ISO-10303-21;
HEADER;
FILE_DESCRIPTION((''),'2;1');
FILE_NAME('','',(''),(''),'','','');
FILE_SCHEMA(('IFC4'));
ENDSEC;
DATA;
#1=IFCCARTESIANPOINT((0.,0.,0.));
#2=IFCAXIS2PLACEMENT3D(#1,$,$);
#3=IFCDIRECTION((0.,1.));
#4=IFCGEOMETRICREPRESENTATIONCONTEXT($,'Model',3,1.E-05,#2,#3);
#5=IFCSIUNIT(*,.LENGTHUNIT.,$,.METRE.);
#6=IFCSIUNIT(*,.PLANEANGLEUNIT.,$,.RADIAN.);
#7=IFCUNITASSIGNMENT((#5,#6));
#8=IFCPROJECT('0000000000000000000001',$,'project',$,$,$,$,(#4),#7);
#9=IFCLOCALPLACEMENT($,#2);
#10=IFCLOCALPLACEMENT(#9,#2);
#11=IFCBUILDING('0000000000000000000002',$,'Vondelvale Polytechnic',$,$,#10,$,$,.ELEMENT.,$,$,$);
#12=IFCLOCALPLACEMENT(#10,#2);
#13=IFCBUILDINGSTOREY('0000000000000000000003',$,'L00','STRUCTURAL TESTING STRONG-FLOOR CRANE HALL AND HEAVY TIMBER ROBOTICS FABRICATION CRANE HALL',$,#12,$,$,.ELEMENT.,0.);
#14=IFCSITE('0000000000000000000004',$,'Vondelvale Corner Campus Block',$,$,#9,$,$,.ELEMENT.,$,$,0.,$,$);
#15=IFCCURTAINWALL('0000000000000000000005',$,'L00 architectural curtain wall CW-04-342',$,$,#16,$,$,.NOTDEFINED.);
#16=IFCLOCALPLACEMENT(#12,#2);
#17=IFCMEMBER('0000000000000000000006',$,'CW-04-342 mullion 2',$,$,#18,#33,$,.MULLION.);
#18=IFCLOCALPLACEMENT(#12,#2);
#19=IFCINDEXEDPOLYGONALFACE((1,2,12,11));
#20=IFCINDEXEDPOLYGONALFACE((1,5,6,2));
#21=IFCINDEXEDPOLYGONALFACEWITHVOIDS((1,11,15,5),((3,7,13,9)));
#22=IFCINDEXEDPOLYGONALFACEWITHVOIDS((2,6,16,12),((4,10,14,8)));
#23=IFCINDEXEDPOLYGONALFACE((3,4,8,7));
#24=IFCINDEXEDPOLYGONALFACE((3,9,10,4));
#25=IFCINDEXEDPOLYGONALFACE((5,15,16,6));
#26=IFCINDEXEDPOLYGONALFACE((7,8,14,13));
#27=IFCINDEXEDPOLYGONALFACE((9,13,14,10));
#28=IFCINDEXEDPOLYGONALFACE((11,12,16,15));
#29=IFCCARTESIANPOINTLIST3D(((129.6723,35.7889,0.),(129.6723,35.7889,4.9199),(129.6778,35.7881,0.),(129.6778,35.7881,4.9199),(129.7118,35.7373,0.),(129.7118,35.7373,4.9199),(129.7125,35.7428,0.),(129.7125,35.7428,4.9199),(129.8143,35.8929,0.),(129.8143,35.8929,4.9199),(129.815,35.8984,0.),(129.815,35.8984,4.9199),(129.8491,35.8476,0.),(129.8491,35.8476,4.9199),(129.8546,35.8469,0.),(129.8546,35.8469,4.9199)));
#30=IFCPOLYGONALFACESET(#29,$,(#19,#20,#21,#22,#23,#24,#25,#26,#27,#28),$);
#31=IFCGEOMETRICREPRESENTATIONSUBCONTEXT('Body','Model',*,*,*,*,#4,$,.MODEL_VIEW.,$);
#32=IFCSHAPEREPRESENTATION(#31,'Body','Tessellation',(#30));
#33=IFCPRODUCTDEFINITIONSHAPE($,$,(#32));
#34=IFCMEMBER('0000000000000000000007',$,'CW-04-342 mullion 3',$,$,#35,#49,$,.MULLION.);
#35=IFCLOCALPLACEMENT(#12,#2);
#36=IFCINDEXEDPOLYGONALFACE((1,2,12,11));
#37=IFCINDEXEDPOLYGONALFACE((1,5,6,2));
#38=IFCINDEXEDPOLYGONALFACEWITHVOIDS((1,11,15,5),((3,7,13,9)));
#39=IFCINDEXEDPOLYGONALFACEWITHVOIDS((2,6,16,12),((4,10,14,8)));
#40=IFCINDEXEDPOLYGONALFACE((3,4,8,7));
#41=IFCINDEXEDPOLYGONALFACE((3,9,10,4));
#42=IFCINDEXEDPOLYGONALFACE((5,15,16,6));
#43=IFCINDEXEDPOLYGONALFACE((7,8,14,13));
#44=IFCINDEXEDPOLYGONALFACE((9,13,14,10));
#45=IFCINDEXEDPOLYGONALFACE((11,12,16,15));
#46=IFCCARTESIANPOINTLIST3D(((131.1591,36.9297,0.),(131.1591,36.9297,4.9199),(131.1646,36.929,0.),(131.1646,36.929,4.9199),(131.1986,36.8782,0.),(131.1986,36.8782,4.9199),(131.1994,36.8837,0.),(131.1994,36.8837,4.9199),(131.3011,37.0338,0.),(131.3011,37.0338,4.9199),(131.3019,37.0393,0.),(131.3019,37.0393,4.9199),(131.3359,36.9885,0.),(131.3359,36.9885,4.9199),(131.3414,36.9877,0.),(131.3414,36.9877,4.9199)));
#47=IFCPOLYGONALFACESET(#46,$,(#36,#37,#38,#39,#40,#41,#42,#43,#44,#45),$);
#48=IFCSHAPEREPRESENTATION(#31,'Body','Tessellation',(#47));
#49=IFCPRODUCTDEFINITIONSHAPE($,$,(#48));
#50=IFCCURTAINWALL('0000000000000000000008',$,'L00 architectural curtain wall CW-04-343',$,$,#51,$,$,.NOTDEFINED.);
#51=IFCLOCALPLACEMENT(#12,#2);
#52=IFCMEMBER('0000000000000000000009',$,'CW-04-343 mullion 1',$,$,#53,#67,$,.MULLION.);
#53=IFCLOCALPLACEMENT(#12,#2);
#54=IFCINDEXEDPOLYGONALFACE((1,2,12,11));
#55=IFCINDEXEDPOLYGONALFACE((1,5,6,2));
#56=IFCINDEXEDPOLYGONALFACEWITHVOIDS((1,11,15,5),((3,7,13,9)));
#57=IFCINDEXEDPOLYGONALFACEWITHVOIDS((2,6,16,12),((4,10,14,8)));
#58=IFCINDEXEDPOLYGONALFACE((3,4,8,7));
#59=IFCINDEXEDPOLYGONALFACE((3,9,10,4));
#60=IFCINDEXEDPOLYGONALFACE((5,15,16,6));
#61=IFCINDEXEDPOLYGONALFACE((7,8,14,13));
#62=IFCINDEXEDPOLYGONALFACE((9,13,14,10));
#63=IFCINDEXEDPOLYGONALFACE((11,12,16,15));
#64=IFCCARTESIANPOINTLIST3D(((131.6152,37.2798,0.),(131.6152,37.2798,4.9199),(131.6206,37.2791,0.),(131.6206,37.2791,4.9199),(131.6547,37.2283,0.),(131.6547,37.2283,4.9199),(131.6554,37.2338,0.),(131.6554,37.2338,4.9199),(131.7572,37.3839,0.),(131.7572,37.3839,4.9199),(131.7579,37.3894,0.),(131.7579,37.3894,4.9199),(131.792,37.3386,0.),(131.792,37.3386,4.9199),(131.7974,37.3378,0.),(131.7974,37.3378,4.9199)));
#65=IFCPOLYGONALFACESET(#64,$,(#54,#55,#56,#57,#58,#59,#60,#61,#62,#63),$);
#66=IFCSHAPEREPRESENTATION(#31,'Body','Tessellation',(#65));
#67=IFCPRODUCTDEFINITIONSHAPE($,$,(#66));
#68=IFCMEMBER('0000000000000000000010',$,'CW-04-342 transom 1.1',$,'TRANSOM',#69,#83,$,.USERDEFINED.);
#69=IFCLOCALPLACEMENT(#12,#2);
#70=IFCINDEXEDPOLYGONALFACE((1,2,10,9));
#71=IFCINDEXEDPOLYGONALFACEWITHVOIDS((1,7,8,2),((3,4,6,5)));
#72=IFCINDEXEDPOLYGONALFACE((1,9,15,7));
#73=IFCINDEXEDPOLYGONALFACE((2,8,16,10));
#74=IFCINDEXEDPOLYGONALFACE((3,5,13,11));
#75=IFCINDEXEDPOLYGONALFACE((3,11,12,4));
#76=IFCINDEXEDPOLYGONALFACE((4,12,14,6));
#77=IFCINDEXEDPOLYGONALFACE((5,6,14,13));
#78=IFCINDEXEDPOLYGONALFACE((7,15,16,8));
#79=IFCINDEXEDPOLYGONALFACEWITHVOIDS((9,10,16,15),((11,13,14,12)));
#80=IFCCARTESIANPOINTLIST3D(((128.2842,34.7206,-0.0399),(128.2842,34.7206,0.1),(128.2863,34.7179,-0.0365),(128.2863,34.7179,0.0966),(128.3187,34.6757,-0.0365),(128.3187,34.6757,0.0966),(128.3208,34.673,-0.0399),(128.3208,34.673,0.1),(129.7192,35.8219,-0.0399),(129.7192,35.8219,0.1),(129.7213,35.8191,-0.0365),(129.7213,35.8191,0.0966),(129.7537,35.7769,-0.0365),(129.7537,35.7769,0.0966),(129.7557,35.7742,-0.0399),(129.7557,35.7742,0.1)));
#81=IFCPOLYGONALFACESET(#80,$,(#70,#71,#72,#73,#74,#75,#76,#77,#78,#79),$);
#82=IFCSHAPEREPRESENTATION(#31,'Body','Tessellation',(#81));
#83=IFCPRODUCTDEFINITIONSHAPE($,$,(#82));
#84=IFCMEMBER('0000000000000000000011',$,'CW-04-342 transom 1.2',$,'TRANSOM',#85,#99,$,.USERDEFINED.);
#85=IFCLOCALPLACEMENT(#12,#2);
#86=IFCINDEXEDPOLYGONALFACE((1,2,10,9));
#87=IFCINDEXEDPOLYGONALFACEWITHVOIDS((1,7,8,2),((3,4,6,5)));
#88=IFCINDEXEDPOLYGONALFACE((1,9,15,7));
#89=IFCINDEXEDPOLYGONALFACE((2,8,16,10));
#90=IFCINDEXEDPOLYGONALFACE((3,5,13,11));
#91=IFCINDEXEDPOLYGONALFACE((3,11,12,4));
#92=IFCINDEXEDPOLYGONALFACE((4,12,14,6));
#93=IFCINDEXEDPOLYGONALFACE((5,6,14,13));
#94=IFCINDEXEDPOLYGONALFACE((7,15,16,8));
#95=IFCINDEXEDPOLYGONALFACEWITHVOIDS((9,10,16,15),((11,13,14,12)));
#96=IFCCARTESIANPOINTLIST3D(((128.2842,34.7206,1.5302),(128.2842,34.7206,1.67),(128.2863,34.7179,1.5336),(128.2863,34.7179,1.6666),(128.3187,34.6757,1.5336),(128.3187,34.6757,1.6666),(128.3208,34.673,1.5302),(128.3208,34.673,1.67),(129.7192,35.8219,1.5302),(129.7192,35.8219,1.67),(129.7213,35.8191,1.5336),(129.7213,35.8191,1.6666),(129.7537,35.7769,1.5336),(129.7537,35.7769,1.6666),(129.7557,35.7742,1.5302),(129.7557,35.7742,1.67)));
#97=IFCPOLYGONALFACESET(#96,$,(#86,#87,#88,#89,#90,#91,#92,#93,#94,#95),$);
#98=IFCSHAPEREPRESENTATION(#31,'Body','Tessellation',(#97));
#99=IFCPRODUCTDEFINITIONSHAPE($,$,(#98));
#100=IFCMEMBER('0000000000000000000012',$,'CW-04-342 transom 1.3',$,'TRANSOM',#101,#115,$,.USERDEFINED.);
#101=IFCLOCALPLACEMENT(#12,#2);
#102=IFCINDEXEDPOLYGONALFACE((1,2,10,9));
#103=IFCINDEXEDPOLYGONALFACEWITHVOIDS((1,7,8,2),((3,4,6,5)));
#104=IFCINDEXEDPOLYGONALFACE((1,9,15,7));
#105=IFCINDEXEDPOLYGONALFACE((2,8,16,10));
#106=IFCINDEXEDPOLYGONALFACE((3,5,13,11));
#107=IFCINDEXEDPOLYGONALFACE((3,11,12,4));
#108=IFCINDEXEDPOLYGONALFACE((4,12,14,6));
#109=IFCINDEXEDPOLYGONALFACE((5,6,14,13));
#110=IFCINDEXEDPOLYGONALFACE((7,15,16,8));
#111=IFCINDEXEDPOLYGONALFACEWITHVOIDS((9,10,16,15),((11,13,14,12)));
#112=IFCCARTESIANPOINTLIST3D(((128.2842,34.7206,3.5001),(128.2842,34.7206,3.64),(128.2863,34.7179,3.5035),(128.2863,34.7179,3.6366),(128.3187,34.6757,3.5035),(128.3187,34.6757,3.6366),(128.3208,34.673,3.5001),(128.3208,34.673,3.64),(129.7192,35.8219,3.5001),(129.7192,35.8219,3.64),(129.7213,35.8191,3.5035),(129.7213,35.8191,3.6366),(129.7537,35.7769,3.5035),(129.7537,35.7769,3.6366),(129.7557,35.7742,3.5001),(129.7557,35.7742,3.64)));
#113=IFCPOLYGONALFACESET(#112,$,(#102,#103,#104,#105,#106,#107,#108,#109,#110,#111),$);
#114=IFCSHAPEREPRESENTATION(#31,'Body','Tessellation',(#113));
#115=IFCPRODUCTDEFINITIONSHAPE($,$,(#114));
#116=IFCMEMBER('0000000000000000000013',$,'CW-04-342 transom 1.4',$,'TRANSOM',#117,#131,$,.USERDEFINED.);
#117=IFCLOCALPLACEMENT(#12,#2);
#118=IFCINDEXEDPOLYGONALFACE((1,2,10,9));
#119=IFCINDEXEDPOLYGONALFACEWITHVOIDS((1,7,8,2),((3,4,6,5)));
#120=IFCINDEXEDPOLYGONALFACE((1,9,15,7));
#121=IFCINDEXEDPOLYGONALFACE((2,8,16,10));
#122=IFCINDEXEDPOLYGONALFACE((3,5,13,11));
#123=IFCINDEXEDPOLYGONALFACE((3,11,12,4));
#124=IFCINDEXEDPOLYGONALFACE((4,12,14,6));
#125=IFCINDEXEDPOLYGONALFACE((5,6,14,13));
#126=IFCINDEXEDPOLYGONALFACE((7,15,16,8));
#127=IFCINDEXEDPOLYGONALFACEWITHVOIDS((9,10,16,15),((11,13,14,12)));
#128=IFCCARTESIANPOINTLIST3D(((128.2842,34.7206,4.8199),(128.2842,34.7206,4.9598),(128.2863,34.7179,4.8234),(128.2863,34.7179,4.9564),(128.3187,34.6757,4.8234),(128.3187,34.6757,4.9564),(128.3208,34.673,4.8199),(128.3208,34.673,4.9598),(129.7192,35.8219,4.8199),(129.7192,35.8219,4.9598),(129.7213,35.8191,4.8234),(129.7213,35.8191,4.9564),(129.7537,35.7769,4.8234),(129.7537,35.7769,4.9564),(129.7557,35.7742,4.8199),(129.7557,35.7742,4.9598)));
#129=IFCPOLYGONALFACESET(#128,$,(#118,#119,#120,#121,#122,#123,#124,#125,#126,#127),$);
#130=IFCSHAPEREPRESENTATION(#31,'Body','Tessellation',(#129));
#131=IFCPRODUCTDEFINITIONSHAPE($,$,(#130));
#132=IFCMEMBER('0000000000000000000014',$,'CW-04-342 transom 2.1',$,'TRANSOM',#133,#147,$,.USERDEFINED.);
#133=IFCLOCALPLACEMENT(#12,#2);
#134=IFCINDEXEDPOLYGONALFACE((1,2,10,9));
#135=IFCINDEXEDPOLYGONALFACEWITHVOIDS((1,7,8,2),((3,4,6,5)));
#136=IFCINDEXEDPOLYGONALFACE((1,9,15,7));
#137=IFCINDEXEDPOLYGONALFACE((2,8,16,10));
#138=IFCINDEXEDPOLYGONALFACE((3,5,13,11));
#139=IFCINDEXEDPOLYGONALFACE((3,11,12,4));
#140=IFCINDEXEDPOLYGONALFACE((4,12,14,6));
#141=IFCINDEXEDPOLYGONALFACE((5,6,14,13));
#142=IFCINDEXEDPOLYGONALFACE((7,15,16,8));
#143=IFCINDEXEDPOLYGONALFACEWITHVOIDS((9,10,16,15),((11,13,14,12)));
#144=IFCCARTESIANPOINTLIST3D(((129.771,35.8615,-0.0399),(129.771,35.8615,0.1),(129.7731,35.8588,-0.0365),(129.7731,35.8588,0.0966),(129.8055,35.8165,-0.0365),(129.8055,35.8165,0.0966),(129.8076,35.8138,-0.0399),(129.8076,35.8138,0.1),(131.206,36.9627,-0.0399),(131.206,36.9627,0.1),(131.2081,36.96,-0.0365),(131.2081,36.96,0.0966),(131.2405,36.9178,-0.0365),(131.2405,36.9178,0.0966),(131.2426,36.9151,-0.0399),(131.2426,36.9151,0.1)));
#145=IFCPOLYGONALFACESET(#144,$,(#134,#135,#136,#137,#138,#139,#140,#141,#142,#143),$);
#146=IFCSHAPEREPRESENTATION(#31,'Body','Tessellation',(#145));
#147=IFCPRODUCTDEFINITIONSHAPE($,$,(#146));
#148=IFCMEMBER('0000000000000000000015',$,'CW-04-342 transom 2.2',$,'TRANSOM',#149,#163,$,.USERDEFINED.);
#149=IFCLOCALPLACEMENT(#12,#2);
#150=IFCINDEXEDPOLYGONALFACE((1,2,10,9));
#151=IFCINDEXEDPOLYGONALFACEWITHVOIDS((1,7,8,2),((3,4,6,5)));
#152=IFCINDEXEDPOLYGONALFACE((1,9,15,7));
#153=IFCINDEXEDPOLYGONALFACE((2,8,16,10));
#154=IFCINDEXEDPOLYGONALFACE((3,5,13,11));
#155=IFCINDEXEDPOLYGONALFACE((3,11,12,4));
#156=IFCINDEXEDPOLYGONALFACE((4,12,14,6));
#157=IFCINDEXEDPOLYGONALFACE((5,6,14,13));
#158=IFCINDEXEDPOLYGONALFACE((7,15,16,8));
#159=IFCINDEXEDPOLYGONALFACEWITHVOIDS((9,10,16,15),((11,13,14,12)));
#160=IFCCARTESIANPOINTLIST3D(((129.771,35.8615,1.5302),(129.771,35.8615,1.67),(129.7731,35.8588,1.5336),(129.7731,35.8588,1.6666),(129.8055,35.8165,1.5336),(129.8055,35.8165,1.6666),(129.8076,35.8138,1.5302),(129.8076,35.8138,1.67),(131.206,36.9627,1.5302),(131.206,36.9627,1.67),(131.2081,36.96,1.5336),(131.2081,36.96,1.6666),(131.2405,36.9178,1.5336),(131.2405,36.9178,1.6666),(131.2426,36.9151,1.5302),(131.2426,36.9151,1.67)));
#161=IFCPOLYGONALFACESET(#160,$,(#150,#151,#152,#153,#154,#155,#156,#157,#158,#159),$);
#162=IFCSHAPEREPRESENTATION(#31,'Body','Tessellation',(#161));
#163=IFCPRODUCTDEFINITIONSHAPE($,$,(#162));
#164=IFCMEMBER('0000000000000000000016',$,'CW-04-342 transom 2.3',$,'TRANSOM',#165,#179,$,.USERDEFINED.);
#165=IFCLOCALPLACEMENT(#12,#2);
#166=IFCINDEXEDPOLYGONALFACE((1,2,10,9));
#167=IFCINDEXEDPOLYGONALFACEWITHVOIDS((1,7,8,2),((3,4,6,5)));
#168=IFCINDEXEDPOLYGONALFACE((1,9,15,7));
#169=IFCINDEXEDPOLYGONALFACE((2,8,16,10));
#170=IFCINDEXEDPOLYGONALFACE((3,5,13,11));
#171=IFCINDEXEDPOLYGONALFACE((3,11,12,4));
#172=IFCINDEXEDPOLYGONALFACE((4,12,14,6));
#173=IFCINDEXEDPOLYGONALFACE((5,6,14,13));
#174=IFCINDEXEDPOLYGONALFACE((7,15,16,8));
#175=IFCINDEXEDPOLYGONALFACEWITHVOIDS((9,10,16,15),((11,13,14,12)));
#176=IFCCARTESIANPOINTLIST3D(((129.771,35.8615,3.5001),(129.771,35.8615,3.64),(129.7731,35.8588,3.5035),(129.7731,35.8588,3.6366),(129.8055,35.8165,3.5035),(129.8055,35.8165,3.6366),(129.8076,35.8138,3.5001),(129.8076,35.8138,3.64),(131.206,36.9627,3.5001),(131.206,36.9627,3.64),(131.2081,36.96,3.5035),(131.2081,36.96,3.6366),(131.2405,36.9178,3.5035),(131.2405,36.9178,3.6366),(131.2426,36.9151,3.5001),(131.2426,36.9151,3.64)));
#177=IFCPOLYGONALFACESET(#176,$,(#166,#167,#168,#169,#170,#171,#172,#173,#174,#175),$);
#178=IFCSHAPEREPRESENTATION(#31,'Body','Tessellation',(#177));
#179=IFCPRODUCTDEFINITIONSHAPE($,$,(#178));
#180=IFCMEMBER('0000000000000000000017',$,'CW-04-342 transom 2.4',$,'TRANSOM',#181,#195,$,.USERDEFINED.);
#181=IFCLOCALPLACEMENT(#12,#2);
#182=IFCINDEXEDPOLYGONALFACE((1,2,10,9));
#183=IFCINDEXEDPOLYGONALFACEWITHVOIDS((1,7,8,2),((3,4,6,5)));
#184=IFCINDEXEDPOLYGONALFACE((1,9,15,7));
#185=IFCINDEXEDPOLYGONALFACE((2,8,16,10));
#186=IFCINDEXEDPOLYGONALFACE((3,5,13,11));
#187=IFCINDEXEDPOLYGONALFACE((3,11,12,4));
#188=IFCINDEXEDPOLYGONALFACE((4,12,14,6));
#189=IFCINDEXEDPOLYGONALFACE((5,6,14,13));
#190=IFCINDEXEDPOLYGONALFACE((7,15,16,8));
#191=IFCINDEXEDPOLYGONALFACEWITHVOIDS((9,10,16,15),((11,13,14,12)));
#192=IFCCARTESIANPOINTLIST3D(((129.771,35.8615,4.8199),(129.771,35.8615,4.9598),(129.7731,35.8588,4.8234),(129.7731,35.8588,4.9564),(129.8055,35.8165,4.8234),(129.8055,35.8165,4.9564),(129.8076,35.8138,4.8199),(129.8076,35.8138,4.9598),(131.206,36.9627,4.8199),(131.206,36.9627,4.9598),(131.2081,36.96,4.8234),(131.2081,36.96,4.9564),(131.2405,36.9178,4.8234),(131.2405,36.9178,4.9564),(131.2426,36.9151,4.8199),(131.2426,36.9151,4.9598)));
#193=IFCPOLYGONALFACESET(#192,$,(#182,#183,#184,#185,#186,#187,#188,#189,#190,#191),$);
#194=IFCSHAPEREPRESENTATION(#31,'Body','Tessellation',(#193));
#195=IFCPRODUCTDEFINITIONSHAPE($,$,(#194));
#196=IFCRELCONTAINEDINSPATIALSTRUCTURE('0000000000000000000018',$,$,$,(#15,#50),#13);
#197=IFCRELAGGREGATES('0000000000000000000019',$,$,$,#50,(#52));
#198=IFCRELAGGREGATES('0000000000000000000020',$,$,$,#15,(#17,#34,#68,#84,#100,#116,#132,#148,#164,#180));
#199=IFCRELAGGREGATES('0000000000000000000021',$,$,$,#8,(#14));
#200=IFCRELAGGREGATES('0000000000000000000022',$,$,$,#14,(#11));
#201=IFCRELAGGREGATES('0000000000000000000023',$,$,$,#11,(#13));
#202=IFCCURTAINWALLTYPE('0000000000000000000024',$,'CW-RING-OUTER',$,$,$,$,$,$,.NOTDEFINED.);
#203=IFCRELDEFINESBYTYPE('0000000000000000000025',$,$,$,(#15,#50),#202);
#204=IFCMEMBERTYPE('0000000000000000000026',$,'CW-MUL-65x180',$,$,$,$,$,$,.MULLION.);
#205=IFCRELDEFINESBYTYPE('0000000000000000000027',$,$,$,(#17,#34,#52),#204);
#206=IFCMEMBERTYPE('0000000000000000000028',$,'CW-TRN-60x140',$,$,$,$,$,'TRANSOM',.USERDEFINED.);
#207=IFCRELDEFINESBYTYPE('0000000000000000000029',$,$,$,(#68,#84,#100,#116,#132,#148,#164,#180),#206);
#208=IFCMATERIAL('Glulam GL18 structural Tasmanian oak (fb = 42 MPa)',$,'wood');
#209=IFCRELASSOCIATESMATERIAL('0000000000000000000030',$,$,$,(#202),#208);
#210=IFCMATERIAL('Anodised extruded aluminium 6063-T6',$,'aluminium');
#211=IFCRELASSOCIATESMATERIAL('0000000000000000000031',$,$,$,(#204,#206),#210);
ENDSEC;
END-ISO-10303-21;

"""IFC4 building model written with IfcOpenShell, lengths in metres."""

from ifc_helpers import new_model, si_unit, direction, frame, origin, origin_2d, place, context, subcontext, project, spatial, hollow_rectangle, extrude, material, material_profile, profile_set, type_object, element, aggregate, save


model = new_model("IFC4")

# Units and contexts
model_context = context("Model", 3, precision=1e-05, world=origin(), true_north=direction((0.0, 1.0)))
body_context = subcontext(model_context, "Body", "Model", "MODEL_VIEW")
ifc_project = project(units=[si_unit("LENGTHUNIT", "METRE"), si_unit("PLANEANGLEUNIT", "RADIAN")], contexts=[model_context])

# Site, building, storey
site_placement = place(None, origin())
site = spatial("IfcSite", under=ifc_project, at=site_placement, Name="Vondelvale Corner Campus Block", CompositionType="ELEMENT", RefElevation=0.0)
building_placement = place(site_placement, origin())
building = spatial("IfcBuilding", under=site, at=building_placement, Name="Vondelvale Polytechnic", CompositionType="ELEMENT")
storey_placement = place(building_placement, origin())
storey = spatial("IfcBuildingStorey", under=building, at=storey_placement, Name="L00", Description="STRUCTURAL TESTING STRONG-FLOOR CRANE HALL AND HEAVY TIMBER ROBOTICS FABRICATION CRANE HALL", CompositionType="ELEMENT", Elevation=0.0)

# Shared definitions
ifc_material_1 = material(Name="Glulam GL18 structural Tasmanian oak (fb = 42 MPa)", Category="wood")

# Shared definitions
curtain_wall_type = type_object("IfcCurtainWallType", Name="CW-RING-OUTER", PredefinedType="NOTDEFINED", material=ifc_material_1)
ifc_material_2 = material(Name="Anodised extruded aluminium 6063-T6", Category="aluminium")
ifc_material_profile_1 = material_profile(ifc_material_2, hollow_rectangle(XDim=0.0649, YDim=0.1799, WallThickness=0.0039, at=origin_2d()), Name="CW-MUL-180x65")
ifc_profile_set_1 = profile_set([ifc_material_profile_1], Name="Anodised extruded aluminium 6063-T6")
member_type_1 = type_object("IfcMemberType", Name="CW-MUL-65x180", PredefinedType="MULLION", material=ifc_profile_set_1)

# Curtain wall, members
curtain_wall_1_placement = place(storey_placement, origin())
curtain_wall_1 = element("IfcCurtainWall", 1, at=curtain_wall_1_placement, inside=storey, type_object=curtain_wall_type, Name="L00 architectural curtain wall CW-04-342", PredefinedType="NOTDEFINED")
member_1_placement = place(storey_placement, frame((129.7634, 35.8179, 0.0), z_axis=(0.0, 0.0, 1.0), x_axis=(-0.608771, 0.793346, 0.0)))
member_1 = element("IfcMember", 2, at=member_1_placement, type_object=member_type_1, Name="CW-04-342 mullion 2", PredefinedType="MULLION", context=body_context, shape_type="SweptSolid", body=[
    extrude(hollow_rectangle(XDim=0.0649, YDim=0.1799, WallThickness=0.0039, at=origin_2d()), origin(), (0.0, 0.0, 1.0), 4.9199),
])
member_2_placement = place(storey_placement, frame((131.2502, 36.9587, 0.0), z_axis=(0.0, 0.0, 1.0), x_axis=(-0.608771, 0.793346, 0.0)))
member_2 = element("IfcMember", 3, at=member_2_placement, type_object=member_type_1, Name="CW-04-342 mullion 3", PredefinedType="MULLION", context=body_context, shape_type="SweptSolid", body=[
    extrude(hollow_rectangle(XDim=0.0649, YDim=0.1799, WallThickness=0.0039, at=origin_2d()), origin(), (0.0, 0.0, 1.0), 4.9199),
])

# Curtain wall, member
curtain_wall_2_placement = place(storey_placement, origin())
curtain_wall_2 = element("IfcCurtainWall", 4, at=curtain_wall_2_placement, inside=storey, type_object=curtain_wall_type, Name="L00 architectural curtain wall CW-04-343", PredefinedType="NOTDEFINED")
member_3_placement = place(storey_placement, frame((131.7063, 37.3088, 0.0), z_axis=(0.0, 0.0, 1.0), x_axis=(-0.608764, 0.793352, 0.0)))
member_3 = element("IfcMember", 5, at=member_3_placement, type_object=member_type_1, Name="CW-04-343 mullion 1", PredefinedType="MULLION", context=body_context, shape_type="SweptSolid", body=[
    extrude(hollow_rectangle(XDim=0.0649, YDim=0.1799, WallThickness=0.0039, at=origin_2d()), origin(), (0.0, 0.0, 1.0), 4.9199),
])
aggregate(curtain_wall_2, [member_3])

# Members
ifc_material_profile_2 = material_profile(ifc_material_2, hollow_rectangle(XDim=0.0601, YDim=0.1399, WallThickness=0.0034, at=origin_2d()), Name="CW-TRN-140x60")
ifc_profile_set_2 = profile_set([ifc_material_profile_2], Name="Anodised extruded aluminium 6063-T6")
member_type_2 = type_object("IfcMemberType", Name="CW-TRN-60x140", ElementType="TRANSOM", PredefinedType="USERDEFINED", material=ifc_profile_set_2)
member_4_placement = place(storey_placement, frame((128.3025, 34.6968, 0.03), z_axis=(0.793311, 0.608817, 0.0), x_axis=(-0.608817, 0.793311, 0.0)))
member_4 = element("IfcMember", 6, at=member_4_placement, type_object=member_type_2, Name="CW-04-342 transom 1.1", ObjectType="TRANSOM", PredefinedType="USERDEFINED", context=body_context, shape_type="SweptSolid", body=[
    extrude(hollow_rectangle(XDim=0.0601, YDim=0.1399, WallThickness=0.0034, at=origin_2d()), origin(), (0.0, 0.0, 1.0), 1.8088),
])
member_5_placement = place(storey_placement, frame((128.3025, 34.6968, 1.6001), z_axis=(0.793311, 0.608817, 0.0), x_axis=(-0.608817, 0.793311, 0.0)))
member_5 = element("IfcMember", 7, at=member_5_placement, type_object=member_type_2, Name="CW-04-342 transom 1.2", ObjectType="TRANSOM", PredefinedType="USERDEFINED", context=body_context, shape_type="SweptSolid", body=[
    extrude(hollow_rectangle(XDim=0.0601, YDim=0.1399, WallThickness=0.0034, at=origin_2d()), origin(), (0.0, 0.0, 1.0), 1.8088),
])
member_6_placement = place(storey_placement, frame((128.3025, 34.6968, 3.5701), z_axis=(0.793311, 0.608817, 0.0), x_axis=(-0.608817, 0.793311, 0.0)))
member_6 = element("IfcMember", 8, at=member_6_placement, type_object=member_type_2, Name="CW-04-342 transom 1.3", ObjectType="TRANSOM", PredefinedType="USERDEFINED", context=body_context, shape_type="SweptSolid", body=[
    extrude(hollow_rectangle(XDim=0.0601, YDim=0.1399, WallThickness=0.0034, at=origin_2d()), origin(), (0.0, 0.0, 1.0), 1.8088),
])
member_7_placement = place(storey_placement, frame((128.3025, 34.6968, 4.8899), z_axis=(0.793311, 0.608817, 0.0), x_axis=(-0.608817, 0.793311, 0.0)))
member_7 = element("IfcMember", 9, at=member_7_placement, type_object=member_type_2, Name="CW-04-342 transom 1.4", ObjectType="TRANSOM", PredefinedType="USERDEFINED", context=body_context, shape_type="SweptSolid", body=[
    extrude(hollow_rectangle(XDim=0.0601, YDim=0.1399, WallThickness=0.0034, at=origin_2d()), origin(), (0.0, 0.0, 1.0), 1.8088),
])
member_8_placement = place(storey_placement, frame((129.7893, 35.8376, 0.03), z_axis=(0.793311, 0.608817, 0.0), x_axis=(-0.608817, 0.793311, 0.0)))
member_8 = element("IfcMember", 10, at=member_8_placement, type_object=member_type_2, Name="CW-04-342 transom 2.1", ObjectType="TRANSOM", PredefinedType="USERDEFINED", context=body_context, shape_type="SweptSolid", body=[
    extrude(hollow_rectangle(XDim=0.0601, YDim=0.1399, WallThickness=0.0034, at=origin_2d()), origin(), (0.0, 0.0, 1.0), 1.8088),
])
member_9_placement = place(storey_placement, frame((129.7893, 35.8376, 1.6001), z_axis=(0.793311, 0.608817, 0.0), x_axis=(-0.608817, 0.793311, 0.0)))
member_9 = element("IfcMember", 11, at=member_9_placement, type_object=member_type_2, Name="CW-04-342 transom 2.2", ObjectType="TRANSOM", PredefinedType="USERDEFINED", context=body_context, shape_type="SweptSolid", body=[
    extrude(hollow_rectangle(XDim=0.0601, YDim=0.1399, WallThickness=0.0034, at=origin_2d()), origin(), (0.0, 0.0, 1.0), 1.8088),
])
member_10_placement = place(storey_placement, frame((129.7893, 35.8376, 3.5701), z_axis=(0.793311, 0.608817, 0.0), x_axis=(-0.608817, 0.793311, 0.0)))
member_10 = element("IfcMember", 12, at=member_10_placement, type_object=member_type_2, Name="CW-04-342 transom 2.3", ObjectType="TRANSOM", PredefinedType="USERDEFINED", context=body_context, shape_type="SweptSolid", body=[
    extrude(hollow_rectangle(XDim=0.0601, YDim=0.1399, WallThickness=0.0034, at=origin_2d()), origin(), (0.0, 0.0, 1.0), 1.8088),
])
member_11_placement = place(storey_placement, frame((129.7893, 35.8376, 4.8899), z_axis=(0.793311, 0.608817, 0.0), x_axis=(-0.608817, 0.793311, 0.0)))
member_11 = element("IfcMember", 13, at=member_11_placement, type_object=member_type_2, Name="CW-04-342 transom 2.4", ObjectType="TRANSOM", PredefinedType="USERDEFINED", context=body_context, shape_type="SweptSolid", body=[
    extrude(hollow_rectangle(XDim=0.0601, YDim=0.1399, WallThickness=0.0034, at=origin_2d()), origin(), (0.0, 0.0, 1.0), 1.8088),
])

aggregate(curtain_wall_1, [member_1, member_2, member_4, member_5, member_6, member_7, member_8, member_9, member_10, member_11])

save(model, "model.ifc")
